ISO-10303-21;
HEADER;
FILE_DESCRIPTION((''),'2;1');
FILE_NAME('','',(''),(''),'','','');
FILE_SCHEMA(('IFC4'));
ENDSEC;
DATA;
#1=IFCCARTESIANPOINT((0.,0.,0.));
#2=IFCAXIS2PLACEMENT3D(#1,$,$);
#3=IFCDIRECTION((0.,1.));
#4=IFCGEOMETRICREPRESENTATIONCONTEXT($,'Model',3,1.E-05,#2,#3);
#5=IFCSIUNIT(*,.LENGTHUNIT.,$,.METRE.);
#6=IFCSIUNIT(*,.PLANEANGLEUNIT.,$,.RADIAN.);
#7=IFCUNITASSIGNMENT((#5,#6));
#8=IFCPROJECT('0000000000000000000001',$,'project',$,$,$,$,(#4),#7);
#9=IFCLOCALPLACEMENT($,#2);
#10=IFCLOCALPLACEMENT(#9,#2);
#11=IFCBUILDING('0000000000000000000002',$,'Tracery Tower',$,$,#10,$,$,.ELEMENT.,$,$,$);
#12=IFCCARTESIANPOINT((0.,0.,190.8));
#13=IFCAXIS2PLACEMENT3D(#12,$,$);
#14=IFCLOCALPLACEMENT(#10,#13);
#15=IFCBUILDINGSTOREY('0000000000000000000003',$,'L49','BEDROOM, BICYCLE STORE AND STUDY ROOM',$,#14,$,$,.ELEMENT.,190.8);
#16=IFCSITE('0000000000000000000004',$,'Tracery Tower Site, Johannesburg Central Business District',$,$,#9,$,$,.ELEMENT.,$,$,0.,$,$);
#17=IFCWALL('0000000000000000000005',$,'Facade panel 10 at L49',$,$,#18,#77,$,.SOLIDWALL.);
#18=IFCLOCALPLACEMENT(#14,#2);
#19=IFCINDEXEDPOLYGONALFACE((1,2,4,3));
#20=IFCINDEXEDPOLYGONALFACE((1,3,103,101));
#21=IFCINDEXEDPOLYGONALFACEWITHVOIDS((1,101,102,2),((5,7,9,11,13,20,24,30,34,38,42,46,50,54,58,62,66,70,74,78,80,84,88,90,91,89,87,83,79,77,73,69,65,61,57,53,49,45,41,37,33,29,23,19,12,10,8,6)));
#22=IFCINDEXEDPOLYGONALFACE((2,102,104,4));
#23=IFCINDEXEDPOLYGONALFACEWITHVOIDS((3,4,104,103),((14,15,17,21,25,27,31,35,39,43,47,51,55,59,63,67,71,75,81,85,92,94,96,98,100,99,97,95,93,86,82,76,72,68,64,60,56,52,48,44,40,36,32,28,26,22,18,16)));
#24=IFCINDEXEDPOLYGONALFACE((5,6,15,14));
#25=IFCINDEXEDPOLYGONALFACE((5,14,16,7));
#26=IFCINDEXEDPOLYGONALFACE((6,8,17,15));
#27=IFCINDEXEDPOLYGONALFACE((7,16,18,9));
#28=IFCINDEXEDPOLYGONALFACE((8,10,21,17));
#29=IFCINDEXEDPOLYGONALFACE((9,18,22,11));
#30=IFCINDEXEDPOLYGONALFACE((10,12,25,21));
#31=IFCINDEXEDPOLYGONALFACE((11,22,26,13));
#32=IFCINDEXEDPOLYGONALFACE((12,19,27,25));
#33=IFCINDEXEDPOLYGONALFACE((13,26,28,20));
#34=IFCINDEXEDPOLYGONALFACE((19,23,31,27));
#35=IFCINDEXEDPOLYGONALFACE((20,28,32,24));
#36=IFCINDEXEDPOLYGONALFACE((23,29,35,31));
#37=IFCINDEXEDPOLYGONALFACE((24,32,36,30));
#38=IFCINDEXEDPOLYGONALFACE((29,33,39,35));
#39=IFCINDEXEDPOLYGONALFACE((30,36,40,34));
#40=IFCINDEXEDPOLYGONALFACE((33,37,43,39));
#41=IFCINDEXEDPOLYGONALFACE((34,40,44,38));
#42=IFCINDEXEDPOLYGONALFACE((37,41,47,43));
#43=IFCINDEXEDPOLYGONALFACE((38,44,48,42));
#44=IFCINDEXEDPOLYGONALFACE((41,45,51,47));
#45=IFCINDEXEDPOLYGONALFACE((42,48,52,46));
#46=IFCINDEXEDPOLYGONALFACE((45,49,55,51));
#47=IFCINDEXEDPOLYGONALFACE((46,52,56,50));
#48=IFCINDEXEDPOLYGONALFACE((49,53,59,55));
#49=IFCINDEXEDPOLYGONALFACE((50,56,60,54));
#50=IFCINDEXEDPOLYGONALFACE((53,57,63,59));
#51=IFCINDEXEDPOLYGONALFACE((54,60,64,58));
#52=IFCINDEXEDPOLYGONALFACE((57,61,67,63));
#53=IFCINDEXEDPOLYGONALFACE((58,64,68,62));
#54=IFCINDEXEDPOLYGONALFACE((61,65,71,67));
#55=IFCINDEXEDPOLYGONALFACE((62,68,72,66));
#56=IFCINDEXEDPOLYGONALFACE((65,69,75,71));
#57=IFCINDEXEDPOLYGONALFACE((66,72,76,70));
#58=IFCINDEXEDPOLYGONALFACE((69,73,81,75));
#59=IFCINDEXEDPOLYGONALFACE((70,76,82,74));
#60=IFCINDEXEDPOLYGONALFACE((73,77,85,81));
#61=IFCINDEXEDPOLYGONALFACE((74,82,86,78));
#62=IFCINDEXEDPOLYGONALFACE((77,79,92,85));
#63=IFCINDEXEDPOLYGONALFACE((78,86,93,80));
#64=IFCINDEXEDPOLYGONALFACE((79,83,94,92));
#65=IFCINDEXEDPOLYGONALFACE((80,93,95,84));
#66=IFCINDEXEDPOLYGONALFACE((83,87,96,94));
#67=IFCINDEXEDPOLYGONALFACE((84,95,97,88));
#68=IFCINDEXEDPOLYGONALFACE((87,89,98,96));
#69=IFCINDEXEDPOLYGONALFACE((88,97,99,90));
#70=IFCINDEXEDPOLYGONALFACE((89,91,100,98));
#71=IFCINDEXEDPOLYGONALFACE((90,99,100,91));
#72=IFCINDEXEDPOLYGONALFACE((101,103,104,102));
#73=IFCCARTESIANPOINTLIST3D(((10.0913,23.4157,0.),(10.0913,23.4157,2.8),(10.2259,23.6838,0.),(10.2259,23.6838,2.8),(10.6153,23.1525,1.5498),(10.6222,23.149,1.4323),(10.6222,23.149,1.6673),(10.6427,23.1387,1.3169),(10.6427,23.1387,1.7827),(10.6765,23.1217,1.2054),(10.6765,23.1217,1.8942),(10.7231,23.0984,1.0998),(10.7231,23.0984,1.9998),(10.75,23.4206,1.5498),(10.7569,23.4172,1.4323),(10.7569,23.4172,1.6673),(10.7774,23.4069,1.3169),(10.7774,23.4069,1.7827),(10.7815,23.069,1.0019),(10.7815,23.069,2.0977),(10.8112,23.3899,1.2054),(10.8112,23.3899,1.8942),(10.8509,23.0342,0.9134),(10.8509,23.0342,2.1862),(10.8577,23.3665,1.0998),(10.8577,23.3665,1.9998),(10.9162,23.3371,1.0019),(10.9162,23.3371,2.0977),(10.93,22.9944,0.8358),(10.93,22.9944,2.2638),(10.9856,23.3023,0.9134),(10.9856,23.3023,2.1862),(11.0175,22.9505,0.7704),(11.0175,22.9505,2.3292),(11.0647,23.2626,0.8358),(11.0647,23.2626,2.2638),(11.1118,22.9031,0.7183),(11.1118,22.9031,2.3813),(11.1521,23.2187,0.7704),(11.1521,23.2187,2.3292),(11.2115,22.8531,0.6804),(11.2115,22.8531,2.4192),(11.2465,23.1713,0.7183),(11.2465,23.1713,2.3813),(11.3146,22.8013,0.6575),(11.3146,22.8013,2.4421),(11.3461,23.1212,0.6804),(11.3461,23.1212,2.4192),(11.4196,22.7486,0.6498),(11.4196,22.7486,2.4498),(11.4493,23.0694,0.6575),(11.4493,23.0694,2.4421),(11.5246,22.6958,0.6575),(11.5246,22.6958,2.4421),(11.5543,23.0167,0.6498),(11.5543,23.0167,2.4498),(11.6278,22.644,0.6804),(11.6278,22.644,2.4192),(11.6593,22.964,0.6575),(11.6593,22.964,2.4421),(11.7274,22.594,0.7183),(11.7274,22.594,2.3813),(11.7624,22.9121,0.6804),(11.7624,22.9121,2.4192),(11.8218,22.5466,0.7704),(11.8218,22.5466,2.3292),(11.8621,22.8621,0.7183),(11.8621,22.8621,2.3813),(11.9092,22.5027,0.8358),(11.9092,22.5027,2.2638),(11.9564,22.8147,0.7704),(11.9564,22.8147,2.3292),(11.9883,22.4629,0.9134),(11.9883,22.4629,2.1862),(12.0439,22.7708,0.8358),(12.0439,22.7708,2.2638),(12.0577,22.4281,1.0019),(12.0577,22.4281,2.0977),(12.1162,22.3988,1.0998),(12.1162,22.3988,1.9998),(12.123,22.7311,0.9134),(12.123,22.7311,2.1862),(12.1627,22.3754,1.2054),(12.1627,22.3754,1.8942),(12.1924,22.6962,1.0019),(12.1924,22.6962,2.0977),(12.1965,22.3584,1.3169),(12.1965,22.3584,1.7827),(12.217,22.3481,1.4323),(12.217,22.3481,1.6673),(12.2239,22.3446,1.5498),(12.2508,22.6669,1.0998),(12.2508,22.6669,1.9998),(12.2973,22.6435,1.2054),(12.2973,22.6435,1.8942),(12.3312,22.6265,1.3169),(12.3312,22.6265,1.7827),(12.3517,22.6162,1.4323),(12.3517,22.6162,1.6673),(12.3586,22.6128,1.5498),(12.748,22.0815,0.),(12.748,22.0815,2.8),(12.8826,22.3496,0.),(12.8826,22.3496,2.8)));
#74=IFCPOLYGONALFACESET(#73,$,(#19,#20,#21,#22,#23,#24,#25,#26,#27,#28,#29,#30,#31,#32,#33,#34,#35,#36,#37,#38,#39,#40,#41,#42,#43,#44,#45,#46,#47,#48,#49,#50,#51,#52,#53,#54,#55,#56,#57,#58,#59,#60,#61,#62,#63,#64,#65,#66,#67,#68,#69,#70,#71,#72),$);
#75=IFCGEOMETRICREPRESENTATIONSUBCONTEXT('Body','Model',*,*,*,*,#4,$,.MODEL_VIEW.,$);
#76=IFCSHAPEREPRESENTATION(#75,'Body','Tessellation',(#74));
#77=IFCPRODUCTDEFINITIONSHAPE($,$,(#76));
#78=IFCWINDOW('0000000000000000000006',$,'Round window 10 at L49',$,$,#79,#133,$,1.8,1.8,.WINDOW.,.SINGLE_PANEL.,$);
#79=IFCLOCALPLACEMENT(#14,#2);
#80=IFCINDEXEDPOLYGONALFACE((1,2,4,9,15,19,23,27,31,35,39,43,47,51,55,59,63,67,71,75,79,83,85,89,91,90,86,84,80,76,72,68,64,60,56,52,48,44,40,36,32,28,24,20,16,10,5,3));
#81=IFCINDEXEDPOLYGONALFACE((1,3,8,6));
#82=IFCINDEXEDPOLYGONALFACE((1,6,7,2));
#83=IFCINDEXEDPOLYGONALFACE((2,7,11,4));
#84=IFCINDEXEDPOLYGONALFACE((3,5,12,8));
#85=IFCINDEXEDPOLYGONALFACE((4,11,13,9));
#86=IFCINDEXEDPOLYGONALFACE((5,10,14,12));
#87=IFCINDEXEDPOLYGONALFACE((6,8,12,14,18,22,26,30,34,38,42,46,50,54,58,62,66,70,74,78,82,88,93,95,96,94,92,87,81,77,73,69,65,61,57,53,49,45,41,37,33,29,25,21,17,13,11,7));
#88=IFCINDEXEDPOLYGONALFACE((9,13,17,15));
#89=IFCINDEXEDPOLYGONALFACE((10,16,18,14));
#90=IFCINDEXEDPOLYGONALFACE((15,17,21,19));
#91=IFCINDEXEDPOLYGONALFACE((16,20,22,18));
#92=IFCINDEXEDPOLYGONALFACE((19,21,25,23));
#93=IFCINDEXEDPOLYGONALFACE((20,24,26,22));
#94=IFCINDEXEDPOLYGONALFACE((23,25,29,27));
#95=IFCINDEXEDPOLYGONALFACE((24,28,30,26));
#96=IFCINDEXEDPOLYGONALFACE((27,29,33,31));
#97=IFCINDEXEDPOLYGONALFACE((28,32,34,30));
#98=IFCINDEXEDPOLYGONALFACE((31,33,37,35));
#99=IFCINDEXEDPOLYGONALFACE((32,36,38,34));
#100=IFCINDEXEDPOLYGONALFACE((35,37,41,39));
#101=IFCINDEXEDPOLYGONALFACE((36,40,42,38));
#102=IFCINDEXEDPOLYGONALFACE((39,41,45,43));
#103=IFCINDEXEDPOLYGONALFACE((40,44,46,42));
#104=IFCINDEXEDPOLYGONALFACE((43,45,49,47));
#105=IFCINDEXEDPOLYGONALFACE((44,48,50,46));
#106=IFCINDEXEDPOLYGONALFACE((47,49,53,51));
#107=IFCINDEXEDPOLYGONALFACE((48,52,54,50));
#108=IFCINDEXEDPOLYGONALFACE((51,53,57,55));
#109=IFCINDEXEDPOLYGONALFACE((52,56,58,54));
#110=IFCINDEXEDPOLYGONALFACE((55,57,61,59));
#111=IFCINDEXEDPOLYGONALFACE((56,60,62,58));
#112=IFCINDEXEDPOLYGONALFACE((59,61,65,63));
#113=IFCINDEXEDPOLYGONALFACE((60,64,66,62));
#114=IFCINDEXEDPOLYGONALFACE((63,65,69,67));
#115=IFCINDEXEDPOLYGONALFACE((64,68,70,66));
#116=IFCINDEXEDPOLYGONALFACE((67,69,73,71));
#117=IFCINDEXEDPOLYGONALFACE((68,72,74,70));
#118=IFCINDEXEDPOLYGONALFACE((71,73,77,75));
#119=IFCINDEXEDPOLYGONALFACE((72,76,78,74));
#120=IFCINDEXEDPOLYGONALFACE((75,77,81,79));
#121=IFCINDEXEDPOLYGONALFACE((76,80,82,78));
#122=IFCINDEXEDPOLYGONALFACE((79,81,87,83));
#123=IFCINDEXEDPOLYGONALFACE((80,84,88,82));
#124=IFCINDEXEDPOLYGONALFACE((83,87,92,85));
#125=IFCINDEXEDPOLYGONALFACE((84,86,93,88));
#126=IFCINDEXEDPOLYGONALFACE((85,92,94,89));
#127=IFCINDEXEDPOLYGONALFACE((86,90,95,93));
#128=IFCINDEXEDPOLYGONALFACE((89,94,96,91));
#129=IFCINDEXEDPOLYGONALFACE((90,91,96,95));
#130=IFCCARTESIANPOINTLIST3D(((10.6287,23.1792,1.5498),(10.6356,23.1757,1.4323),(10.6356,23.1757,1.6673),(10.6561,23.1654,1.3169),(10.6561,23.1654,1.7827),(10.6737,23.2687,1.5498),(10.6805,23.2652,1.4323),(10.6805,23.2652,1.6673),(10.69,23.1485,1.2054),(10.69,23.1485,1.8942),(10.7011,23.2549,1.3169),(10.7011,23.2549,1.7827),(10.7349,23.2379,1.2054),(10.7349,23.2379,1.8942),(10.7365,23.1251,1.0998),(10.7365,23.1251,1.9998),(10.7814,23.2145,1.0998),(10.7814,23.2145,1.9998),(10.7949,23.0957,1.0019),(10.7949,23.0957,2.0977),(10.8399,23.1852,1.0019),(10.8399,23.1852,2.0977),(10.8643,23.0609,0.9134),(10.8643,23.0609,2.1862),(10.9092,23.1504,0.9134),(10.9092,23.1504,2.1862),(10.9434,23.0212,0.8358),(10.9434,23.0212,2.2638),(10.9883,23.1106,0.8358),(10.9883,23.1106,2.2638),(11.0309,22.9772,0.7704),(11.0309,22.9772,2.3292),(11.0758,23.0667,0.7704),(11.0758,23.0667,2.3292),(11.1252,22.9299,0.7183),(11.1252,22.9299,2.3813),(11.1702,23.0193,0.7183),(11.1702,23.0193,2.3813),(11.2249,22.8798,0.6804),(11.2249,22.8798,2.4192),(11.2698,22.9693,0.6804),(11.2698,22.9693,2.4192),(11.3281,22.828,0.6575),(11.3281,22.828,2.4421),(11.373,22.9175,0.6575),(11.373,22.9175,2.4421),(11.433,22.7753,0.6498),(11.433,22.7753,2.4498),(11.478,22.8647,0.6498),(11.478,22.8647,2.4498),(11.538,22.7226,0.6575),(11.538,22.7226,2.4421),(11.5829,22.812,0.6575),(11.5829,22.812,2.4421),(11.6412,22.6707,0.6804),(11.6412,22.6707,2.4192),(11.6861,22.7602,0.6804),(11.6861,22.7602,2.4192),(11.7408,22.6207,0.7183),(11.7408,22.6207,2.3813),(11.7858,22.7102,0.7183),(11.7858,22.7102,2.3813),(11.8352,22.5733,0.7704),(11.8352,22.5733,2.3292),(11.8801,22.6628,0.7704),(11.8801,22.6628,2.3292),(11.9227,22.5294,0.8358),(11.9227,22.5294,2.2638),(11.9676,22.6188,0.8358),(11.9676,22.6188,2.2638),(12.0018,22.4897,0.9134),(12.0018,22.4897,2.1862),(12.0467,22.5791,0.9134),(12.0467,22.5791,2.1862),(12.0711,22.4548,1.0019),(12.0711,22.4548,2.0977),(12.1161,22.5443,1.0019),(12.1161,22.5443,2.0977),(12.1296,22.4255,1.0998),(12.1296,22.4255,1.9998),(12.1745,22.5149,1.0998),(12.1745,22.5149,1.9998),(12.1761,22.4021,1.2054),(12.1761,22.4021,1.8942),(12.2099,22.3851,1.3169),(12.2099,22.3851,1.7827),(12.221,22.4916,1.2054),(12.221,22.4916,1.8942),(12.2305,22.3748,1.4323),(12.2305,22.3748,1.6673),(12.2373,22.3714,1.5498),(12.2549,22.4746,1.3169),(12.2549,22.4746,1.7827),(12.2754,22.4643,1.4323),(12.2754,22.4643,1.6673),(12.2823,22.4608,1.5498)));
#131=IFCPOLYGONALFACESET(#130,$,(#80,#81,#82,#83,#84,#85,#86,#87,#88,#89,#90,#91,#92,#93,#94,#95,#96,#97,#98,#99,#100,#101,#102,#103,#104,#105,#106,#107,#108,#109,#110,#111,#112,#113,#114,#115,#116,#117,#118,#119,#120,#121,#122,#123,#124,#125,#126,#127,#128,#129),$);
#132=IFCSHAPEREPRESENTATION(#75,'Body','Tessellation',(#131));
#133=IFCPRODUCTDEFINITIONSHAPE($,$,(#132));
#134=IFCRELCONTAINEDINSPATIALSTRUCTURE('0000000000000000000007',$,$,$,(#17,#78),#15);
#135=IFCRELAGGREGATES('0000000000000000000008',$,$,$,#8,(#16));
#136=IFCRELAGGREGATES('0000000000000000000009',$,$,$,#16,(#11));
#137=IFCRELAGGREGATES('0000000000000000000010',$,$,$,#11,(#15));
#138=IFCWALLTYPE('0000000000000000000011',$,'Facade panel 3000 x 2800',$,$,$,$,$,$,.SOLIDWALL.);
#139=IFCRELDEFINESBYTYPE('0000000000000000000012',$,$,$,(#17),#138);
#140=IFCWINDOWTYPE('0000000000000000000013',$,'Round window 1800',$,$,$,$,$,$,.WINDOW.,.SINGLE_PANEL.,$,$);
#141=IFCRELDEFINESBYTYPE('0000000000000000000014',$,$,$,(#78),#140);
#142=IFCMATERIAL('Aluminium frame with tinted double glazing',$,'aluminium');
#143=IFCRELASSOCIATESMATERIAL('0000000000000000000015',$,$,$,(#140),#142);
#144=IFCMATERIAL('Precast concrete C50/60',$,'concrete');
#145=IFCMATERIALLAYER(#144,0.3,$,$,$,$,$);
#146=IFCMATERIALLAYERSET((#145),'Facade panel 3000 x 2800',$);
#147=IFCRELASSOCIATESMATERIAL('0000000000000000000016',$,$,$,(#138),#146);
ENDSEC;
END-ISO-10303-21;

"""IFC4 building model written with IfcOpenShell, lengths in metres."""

from ifc_helpers import new_model, si_unit, direction, frame, frame_2d, origin, origin_2d, place, context, subcontext, project, spatial, rectangle, circle, extrude, material, layer, layer_set, type_object, element, fill, save


model = new_model("IFC4")

# Units and contexts
model_context = context("Model", 3, precision=1e-05, world=origin(), true_north=direction((0.0, 1.0)))
body_context = subcontext(model_context, "Body", "Model", "MODEL_VIEW")
ifc_project = project(units=[si_unit("LENGTHUNIT", "METRE"), si_unit("PLANEANGLEUNIT", "RADIAN")], contexts=[model_context])

# Site, building, storey
site_placement = place(None, origin())
site = spatial("IfcSite", under=ifc_project, at=site_placement, Name="Tracery Tower Site, Johannesburg Central Business District", CompositionType="ELEMENT", RefElevation=0.0)
building_placement = place(site_placement, origin())
building = spatial("IfcBuilding", under=site, at=building_placement, Name="Tracery Tower", CompositionType="ELEMENT")
storey_placement = place(building_placement, frame((0.0, 0.0, 190.8)))
storey = spatial("IfcBuildingStorey", under=building, at=storey_placement, Name="L49", Description="BEDROOM, BICYCLE STORE AND STUDY ROOM", CompositionType="ELEMENT", Elevation=190.8)

# Wall, opening, window
ifc_material_1 = material(Name="Aluminium frame with tinted double glazing", Category="aluminium")
window_type = type_object("IfcWindowType", Name="Round window 1800", PartitioningType="SINGLE_PANEL", PredefinedType="WINDOW", material=ifc_material_1)
ifc_material_2 = material(Name="Precast concrete C50/60", Category="concrete")
ifc_layer_1 = layer(ifc_material_2, 0.3)
ifc_layer_set_1 = layer_set([ifc_layer_1], Name="Facade panel 3000 x 2800")
wall_type_1 = type_object("IfcWallType", Name="Facade panel 3000 x 2800", PredefinedType="SOLIDWALL", material=ifc_layer_set_1)
wall_1_placement = place(storey_placement, frame((12.8152, 22.2156, 0.0), z_axis=(0.0, 0.0, 1.0), x_axis=(-0.893637, 0.44879, 0.0)))
wall_1 = element("IfcWall", 1, at=wall_1_placement, inside=storey, type_object=wall_type_1, Name="Facade panel 10 at L49", PredefinedType="SOLIDWALL", context=body_context, shape_type="SweptSolid", body=[
    extrude(rectangle(XDim=2.9729, YDim=0.3, at=frame_2d((1.4863, 0.0))), origin(), (0.0, 0.0, 1.0), 2.8),
])
opening_1_placement = place(wall_1_placement, frame((1.4863, 0.0, 1.5498)))
opening_1 = element("IfcOpeningElement", 2, at=opening_1_placement, cuts=wall_1, PredefinedType="OPENING", context=body_context, shape_type="SweptSolid", body=[
    extrude(circle(Radius=0.9, at=origin_2d()), frame((0.0, 0.1599, 0.0), z_axis=(0.0, -1.0, 0.0), x_axis=(1.0, 0.0, 0.0)), (0.0, 0.0, 1.0), 0.3201),
])
window_1_placement = place(opening_1_placement, origin())
window_1 = element("IfcWindow", 3, at=window_1_placement, inside=storey, type_object=window_type, Name="Round window 10 at L49", OverallHeight=1.8, OverallWidth=1.8, PartitioningType="SINGLE_PANEL", PredefinedType="WINDOW", context=body_context, shape_type="SweptSolid", body=[
    extrude(circle(Radius=0.9, at=origin_2d()), frame((0.0, 0.1201, 0.0), z_axis=(0.0, -1.0, 0.0), x_axis=(1.0, 0.0, 0.0)), (0.0, 0.0, 1.0), 0.1001),
])
fill(opening_1, window_1)

save(model, "model.ifc")
